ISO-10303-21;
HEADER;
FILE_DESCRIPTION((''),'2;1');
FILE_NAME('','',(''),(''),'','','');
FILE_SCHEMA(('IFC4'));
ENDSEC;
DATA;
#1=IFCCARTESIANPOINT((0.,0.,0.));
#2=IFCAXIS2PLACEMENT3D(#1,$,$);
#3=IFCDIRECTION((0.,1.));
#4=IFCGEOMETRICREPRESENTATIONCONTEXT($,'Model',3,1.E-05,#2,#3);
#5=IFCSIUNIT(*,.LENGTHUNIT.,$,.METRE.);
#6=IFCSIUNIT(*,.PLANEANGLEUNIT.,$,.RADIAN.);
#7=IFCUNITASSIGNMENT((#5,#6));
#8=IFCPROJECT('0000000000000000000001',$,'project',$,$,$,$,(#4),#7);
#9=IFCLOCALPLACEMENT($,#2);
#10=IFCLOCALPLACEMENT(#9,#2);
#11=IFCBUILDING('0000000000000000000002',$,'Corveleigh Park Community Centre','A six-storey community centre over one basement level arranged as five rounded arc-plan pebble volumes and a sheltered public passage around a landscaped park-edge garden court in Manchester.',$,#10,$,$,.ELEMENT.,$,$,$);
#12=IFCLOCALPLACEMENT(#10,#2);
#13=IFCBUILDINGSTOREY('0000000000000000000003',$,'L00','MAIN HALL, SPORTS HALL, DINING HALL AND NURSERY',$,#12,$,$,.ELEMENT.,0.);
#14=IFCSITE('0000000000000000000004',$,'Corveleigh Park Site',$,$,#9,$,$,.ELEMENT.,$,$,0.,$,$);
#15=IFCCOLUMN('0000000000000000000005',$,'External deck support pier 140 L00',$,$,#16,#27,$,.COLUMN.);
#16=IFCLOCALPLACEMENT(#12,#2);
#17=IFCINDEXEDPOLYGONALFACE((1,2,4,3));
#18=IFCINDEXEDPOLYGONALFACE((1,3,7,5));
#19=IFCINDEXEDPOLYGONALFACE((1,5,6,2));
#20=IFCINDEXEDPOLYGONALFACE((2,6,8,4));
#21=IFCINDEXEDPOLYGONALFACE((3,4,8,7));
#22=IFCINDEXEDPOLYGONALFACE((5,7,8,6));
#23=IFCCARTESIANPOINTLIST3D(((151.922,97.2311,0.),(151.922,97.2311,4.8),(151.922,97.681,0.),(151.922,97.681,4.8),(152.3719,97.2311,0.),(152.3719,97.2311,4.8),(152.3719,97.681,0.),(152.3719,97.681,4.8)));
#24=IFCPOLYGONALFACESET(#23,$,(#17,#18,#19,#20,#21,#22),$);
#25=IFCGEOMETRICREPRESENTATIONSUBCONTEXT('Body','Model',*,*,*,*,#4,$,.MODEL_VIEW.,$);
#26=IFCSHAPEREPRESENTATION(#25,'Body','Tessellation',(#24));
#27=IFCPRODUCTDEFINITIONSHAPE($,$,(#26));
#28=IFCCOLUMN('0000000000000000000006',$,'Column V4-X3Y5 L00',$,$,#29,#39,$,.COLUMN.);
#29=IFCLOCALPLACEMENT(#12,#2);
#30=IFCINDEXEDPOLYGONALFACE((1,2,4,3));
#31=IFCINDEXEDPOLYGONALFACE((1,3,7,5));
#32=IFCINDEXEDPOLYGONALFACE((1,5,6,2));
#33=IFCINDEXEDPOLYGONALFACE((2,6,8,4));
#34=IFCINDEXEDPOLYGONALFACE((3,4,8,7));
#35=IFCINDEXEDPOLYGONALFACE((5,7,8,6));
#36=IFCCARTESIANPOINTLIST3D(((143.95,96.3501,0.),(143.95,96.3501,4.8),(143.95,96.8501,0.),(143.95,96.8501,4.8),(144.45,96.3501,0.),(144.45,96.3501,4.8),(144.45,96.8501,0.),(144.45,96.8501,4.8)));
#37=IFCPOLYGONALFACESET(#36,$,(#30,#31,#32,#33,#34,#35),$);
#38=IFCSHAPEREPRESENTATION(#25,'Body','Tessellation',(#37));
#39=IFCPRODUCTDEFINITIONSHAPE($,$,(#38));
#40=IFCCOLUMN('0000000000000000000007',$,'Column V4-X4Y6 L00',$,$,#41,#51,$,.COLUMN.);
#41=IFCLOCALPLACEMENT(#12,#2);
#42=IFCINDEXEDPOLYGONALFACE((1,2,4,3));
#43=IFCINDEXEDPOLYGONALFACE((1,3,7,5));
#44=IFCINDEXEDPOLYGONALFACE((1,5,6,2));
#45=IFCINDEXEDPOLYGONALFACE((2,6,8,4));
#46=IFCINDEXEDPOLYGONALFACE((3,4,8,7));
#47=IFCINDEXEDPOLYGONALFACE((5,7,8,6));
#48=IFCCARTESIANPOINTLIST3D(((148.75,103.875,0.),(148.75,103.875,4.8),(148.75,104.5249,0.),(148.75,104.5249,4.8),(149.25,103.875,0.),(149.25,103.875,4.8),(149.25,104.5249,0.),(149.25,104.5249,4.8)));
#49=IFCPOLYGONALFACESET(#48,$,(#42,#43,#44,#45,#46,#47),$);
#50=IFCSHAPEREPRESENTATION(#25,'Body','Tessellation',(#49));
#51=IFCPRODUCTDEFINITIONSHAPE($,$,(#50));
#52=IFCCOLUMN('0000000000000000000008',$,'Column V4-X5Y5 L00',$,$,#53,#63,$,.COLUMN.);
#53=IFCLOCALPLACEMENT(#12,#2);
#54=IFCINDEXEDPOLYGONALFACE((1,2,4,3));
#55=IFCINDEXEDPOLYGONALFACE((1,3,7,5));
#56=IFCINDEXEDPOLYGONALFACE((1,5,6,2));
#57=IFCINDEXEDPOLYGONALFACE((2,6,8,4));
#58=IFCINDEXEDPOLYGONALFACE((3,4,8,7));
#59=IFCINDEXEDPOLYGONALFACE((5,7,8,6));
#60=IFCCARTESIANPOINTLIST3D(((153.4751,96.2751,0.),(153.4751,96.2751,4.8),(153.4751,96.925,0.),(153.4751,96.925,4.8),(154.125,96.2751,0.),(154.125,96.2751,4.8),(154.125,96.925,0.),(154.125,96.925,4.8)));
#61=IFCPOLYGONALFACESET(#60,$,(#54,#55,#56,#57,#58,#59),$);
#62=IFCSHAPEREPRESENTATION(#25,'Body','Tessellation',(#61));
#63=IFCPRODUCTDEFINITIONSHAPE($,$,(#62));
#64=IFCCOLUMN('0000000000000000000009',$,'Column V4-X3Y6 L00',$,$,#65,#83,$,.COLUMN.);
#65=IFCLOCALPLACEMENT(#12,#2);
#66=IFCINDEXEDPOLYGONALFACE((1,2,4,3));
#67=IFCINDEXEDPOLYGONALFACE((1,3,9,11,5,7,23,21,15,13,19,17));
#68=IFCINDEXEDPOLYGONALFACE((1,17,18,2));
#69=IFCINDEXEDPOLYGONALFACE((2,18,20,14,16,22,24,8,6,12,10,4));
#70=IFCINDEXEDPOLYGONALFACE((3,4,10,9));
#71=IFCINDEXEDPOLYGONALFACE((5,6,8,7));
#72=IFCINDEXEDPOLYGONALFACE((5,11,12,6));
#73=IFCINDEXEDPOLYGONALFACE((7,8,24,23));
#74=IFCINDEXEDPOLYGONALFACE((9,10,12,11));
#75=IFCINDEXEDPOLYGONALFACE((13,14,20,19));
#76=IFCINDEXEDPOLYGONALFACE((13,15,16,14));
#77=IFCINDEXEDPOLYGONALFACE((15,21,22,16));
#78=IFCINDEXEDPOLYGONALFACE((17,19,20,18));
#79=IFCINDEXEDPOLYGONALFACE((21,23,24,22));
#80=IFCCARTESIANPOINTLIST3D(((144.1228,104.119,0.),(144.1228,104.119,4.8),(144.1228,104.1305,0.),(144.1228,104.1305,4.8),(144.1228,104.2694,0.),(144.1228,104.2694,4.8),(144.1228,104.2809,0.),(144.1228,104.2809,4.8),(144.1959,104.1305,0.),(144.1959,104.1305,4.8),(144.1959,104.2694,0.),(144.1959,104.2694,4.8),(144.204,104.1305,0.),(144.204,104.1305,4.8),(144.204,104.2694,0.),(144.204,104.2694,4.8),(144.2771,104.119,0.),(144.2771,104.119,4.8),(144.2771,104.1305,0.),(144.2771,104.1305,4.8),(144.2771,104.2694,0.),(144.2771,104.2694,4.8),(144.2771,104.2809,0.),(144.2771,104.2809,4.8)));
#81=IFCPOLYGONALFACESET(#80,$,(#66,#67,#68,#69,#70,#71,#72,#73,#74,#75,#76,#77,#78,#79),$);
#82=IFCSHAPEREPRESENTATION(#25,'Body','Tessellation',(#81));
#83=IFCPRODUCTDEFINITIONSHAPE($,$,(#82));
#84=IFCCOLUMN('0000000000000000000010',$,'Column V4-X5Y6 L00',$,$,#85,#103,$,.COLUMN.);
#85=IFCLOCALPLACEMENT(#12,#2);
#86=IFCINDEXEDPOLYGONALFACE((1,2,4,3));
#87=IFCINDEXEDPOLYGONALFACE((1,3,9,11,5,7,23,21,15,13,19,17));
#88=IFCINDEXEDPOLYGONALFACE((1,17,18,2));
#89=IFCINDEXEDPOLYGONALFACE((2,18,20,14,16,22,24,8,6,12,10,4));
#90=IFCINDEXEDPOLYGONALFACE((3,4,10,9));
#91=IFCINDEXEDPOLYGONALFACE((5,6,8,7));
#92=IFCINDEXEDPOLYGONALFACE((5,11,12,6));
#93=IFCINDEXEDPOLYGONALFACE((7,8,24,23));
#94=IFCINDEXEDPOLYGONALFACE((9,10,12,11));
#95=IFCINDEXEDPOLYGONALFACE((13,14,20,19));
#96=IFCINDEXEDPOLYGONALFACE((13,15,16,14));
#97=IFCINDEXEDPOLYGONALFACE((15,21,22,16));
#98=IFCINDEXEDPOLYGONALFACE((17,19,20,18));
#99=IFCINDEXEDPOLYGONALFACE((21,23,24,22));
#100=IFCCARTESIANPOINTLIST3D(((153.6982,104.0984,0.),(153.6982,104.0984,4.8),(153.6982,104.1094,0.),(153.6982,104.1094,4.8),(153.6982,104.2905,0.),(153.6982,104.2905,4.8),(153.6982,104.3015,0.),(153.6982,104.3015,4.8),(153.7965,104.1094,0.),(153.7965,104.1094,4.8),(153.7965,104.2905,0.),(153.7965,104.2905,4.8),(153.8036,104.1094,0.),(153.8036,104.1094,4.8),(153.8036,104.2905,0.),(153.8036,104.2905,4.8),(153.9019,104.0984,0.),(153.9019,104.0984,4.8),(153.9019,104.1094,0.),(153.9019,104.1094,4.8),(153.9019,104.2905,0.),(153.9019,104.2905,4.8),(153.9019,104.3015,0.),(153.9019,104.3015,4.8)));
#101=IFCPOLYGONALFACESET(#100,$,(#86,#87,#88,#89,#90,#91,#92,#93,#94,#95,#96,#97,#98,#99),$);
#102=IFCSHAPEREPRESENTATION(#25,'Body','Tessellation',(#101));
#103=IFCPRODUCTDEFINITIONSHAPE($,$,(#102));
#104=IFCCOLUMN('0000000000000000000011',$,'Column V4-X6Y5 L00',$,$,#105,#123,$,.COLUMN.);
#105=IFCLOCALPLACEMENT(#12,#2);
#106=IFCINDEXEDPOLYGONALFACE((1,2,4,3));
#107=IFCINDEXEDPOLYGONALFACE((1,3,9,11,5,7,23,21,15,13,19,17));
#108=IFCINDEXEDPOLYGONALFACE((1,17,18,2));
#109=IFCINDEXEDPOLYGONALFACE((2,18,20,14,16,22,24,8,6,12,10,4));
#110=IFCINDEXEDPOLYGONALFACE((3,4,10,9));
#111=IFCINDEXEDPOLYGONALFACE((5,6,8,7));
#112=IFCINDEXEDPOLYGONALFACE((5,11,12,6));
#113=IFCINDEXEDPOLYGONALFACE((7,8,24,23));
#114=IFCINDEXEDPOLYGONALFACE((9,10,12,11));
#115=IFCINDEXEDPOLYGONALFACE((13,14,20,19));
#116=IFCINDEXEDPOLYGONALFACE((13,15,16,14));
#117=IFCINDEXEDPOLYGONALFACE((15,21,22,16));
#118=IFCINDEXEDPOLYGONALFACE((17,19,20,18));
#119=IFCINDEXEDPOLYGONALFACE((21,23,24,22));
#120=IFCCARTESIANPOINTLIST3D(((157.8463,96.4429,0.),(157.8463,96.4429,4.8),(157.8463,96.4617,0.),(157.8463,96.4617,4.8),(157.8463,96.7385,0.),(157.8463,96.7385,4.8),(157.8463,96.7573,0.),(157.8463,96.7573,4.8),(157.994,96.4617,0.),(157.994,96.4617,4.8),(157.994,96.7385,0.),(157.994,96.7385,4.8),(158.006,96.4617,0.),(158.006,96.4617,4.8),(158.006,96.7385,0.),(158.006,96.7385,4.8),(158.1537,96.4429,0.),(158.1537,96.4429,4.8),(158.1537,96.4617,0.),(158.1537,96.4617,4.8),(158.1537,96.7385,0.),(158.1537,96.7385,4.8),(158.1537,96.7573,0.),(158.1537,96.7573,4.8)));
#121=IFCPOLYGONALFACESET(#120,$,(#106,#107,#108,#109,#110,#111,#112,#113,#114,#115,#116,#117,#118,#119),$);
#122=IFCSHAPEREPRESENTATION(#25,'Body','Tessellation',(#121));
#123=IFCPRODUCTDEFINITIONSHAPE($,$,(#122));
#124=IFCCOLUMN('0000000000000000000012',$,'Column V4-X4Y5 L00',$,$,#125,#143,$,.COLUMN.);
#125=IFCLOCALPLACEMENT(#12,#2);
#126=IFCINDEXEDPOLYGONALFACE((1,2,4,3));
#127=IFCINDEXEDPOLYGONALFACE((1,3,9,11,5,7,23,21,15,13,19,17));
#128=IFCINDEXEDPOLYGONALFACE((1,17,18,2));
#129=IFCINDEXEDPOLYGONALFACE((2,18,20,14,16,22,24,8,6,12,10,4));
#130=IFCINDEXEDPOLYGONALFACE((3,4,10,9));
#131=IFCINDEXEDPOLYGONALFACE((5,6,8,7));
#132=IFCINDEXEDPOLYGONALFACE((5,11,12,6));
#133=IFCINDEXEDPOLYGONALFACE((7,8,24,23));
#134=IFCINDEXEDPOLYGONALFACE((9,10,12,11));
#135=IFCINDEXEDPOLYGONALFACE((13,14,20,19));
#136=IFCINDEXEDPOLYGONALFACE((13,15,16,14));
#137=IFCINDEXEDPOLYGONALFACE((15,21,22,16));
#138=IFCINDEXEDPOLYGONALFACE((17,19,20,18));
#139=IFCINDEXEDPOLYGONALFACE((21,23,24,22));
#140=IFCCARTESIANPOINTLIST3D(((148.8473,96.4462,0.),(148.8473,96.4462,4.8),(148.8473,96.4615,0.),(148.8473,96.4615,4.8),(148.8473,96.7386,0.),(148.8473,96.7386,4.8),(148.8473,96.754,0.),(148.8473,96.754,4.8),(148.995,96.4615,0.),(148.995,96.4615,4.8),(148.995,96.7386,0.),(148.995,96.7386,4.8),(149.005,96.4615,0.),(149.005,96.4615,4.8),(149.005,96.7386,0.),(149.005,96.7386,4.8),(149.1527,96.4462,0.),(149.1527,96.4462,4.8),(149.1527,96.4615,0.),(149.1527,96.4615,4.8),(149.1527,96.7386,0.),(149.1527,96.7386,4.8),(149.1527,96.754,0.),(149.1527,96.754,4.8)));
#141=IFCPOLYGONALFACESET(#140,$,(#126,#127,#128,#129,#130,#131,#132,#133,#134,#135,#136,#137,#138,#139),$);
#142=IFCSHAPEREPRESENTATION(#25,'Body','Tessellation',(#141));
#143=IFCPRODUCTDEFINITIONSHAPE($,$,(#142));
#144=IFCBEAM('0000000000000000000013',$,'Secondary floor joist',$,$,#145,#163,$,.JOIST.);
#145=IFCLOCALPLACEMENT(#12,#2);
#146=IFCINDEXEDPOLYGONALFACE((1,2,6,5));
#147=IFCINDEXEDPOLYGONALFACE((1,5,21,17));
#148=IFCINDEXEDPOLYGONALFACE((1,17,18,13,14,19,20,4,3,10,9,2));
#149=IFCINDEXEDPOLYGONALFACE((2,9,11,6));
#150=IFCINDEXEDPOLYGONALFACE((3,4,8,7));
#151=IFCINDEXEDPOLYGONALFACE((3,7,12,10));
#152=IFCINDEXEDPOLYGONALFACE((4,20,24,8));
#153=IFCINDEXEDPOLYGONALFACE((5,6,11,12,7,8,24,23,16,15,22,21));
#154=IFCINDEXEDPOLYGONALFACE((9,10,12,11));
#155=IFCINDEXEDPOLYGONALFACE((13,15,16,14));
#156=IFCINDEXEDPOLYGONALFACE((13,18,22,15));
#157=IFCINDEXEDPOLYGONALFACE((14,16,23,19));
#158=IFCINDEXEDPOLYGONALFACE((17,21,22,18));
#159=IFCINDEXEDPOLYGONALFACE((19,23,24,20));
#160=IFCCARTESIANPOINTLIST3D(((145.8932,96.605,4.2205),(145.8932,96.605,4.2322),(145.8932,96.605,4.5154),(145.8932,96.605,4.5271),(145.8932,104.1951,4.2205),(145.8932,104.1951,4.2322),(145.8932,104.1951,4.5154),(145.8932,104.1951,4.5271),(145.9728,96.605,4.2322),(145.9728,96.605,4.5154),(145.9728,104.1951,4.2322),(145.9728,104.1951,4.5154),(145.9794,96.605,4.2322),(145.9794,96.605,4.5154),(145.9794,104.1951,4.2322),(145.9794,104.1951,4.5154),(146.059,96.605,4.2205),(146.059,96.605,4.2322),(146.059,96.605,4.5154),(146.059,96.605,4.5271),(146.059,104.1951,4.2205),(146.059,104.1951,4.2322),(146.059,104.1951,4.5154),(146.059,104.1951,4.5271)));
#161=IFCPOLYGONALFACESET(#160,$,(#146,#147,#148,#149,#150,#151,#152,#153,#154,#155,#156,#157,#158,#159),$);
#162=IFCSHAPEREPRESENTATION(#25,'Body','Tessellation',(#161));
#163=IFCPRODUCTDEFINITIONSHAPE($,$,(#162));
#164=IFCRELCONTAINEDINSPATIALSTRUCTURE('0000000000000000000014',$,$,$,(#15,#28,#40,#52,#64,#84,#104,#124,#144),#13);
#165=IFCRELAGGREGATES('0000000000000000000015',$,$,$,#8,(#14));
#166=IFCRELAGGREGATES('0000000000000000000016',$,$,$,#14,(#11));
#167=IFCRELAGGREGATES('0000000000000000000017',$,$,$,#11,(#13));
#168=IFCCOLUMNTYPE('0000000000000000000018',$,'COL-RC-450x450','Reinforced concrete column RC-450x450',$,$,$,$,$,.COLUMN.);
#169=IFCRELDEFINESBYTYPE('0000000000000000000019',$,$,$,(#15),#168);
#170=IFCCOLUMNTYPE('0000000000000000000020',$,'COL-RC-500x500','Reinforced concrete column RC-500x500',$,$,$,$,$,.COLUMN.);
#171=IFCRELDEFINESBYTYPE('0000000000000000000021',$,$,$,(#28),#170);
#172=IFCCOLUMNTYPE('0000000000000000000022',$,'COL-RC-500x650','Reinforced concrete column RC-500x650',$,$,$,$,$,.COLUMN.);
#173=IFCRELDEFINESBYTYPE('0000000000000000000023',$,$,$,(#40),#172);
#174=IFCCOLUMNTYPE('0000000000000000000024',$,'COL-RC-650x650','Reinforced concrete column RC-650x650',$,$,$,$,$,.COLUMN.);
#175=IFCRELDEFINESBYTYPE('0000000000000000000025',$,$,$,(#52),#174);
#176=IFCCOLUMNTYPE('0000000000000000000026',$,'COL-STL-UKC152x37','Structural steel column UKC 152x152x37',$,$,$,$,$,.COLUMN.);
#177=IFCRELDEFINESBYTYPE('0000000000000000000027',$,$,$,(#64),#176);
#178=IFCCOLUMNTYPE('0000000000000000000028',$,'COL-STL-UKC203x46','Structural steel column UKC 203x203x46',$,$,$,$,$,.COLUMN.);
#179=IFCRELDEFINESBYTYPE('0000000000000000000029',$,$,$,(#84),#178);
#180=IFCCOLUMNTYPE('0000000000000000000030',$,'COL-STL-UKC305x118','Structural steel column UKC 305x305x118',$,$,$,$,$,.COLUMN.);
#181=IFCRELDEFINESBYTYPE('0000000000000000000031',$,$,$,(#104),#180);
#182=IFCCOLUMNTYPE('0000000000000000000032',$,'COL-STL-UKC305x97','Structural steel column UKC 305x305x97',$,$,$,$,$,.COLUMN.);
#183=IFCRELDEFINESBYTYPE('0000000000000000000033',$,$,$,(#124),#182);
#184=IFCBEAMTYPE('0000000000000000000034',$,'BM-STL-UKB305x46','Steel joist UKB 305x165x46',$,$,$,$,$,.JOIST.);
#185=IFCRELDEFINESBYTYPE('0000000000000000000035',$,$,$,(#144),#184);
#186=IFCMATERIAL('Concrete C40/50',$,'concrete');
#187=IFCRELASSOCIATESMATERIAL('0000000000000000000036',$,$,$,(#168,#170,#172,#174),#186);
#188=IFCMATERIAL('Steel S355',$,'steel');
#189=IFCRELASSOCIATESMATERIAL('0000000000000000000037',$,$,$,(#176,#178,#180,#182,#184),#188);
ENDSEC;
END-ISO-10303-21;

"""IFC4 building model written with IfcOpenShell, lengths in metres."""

from ifc_helpers import new_model, si_unit, direction, frame, origin, origin_2d, place, context, subcontext, project, spatial, rectangle, i_section, extrude, material, material_profile, profile_set, type_object, element, save


model = new_model("IFC4")

# Units and contexts
model_context = context("Model", 3, precision=1e-05, world=origin(), true_north=direction((0.0, 1.0)))
body_context = subcontext(model_context, "Body", "Model", "MODEL_VIEW")
ifc_project = project(units=[si_unit("LENGTHUNIT", "METRE"), si_unit("PLANEANGLEUNIT", "RADIAN")], contexts=[model_context])

# Site, building, storey
site_placement = place(None, origin())
site = spatial("IfcSite", under=ifc_project, at=site_placement, Name="Corveleigh Park Site", CompositionType="ELEMENT", RefElevation=0.0)
building_placement = place(site_placement, origin())
building = spatial("IfcBuilding", under=site, at=building_placement, Name="Corveleigh Park Community Centre", Description="A six-storey community centre over one basement level arranged as five rounded arc-plan pebble volumes and a sheltered public passage around a landscaped park-edge garden court in Manchester.", CompositionType="ELEMENT")
storey_placement = place(building_placement, origin())
storey = spatial("IfcBuildingStorey", under=building, at=storey_placement, Name="L00", Description="MAIN HALL, SPORTS HALL, DINING HALL AND NURSERY", CompositionType="ELEMENT", Elevation=0.0)

# Columns
ifc_material_1 = material(Name="Concrete C40/50", Category="concrete")
ifc_material_profile_1 = material_profile(ifc_material_1, rectangle(XDim=0.45, YDim=0.45, at=origin_2d()), Name="RC-450x450", Category="concrete")
ifc_profile_set_1 = profile_set([ifc_material_profile_1], Name="Concrete C40/50")
column_type_1 = type_object("IfcColumnType", Name="COL-RC-450x450", Description="Reinforced concrete column RC-450x450", PredefinedType="COLUMN", material=ifc_profile_set_1)
column_1_placement = place(storey_placement, frame((152.147, 97.4561, 0.0), z_axis=(0.0, 0.0, 1.0), x_axis=(1.0, 0.0, 0.0)))
element("IfcColumn", 1, at=column_1_placement, inside=storey, type_object=column_type_1, Name="External deck support pier 140 L00", PredefinedType="COLUMN", context=body_context, shape_type="SweptSolid", body=[
    extrude(rectangle(XDim=0.45, YDim=0.45, at=origin_2d()), origin(), (0.0, 0.0, 1.0), 4.8),
])
ifc_material_profile_2 = material_profile(ifc_material_1, rectangle(XDim=0.5, YDim=0.5, at=origin_2d()), Name="RC-500x500", Category="concrete")
ifc_profile_set_2 = profile_set([ifc_material_profile_2], Name="Concrete C40/50")
column_type_2 = type_object("IfcColumnType", Name="COL-RC-500x500", Description="Reinforced concrete column RC-500x500", PredefinedType="COLUMN", material=ifc_profile_set_2)
column_2_placement = place(storey_placement, frame((144.2, 96.6001, 0.0), z_axis=(0.0, 0.0, 1.0), x_axis=(1.0, 0.0, 0.0)))
element("IfcColumn", 2, at=column_2_placement, inside=storey, type_object=column_type_2, Name="Column V4-X3Y5 L00", PredefinedType="COLUMN", context=body_context, shape_type="SweptSolid", body=[
    extrude(rectangle(XDim=0.5, YDim=0.5, at=origin_2d()), origin(), (0.0, 0.0, 1.0), 4.8),
])
ifc_material_profile_3 = material_profile(ifc_material_1, rectangle(XDim=0.5, YDim=0.6499, at=origin_2d()), Name="RC-500x650", Category="concrete")
ifc_profile_set_3 = profile_set([ifc_material_profile_3], Name="Concrete C40/50")
column_type_3 = type_object("IfcColumnType", Name="COL-RC-500x650", Description="Reinforced concrete column RC-500x650", PredefinedType="COLUMN", material=ifc_profile_set_3)
column_3_placement = place(storey_placement, frame((149.0, 104.2, 0.0), z_axis=(0.0, 0.0, 1.0), x_axis=(1.0, 0.0, 0.0)))
element("IfcColumn", 3, at=column_3_placement, inside=storey, type_object=column_type_3, Name="Column V4-X4Y6 L00", PredefinedType="COLUMN", context=body_context, shape_type="SweptSolid", body=[
    extrude(rectangle(XDim=0.5, YDim=0.6499, at=origin_2d()), origin(), (0.0, 0.0, 1.0), 4.8),
])
ifc_material_profile_4 = material_profile(ifc_material_1, rectangle(XDim=0.6499, YDim=0.6499, at=origin_2d()), Name="RC-650x650", Category="concrete")
ifc_profile_set_4 = profile_set([ifc_material_profile_4], Name="Concrete C40/50")
column_type_4 = type_object("IfcColumnType", Name="COL-RC-650x650", Description="Reinforced concrete column RC-650x650", PredefinedType="COLUMN", material=ifc_profile_set_4)
column_4_placement = place(storey_placement, frame((153.8, 96.6001, 0.0), z_axis=(0.0, 0.0, 1.0), x_axis=(1.0, 0.0, 0.0)))
element("IfcColumn", 4, at=column_4_placement, inside=storey, type_object=column_type_4, Name="Column V4-X5Y5 L00", PredefinedType="COLUMN", context=body_context, shape_type="SweptSolid", body=[
    extrude(rectangle(XDim=0.6499, YDim=0.6499, at=origin_2d()), origin(), (0.0, 0.0, 1.0), 4.8),
])
ifc_material_2 = material(Name="Steel S355", Category="steel")
ifc_material_profile_5 = material_profile(ifc_material_2, i_section(OverallWidth=0.1543, OverallDepth=0.1619, WebThickness=0.0081, FlangeThickness=0.0115, at=origin_2d()), Name="UKC 152x152x37", Category="steel")
ifc_profile_set_5 = profile_set([ifc_material_profile_5], Name="Steel S355")
column_type_5 = type_object("IfcColumnType", Name="COL-STL-UKC152x37", Description="Structural steel column UKC 152x152x37", PredefinedType="COLUMN", material=ifc_profile_set_5)
column_5_placement = place(storey_placement, frame((144.2, 104.2, 0.0), z_axis=(0.0, 0.0, 1.0), x_axis=(1.0, 0.0, 0.0)))
element("IfcColumn", 5, at=column_5_placement, inside=storey, type_object=column_type_5, Name="Column V4-X3Y6 L00", PredefinedType="COLUMN", context=body_context, shape_type="SweptSolid", body=[
    extrude(i_section(OverallWidth=0.1543, OverallDepth=0.1619, WebThickness=0.0081, FlangeThickness=0.0115, at=origin_2d()), origin(), (0.0, 0.0, 1.0), 4.8),
])
ifc_material_profile_6 = material_profile(ifc_material_2, i_section(OverallWidth=0.2036, OverallDepth=0.2031, WebThickness=0.0071, FlangeThickness=0.011, at=origin_2d()), Name="UKC 203x203x46", Category="steel")
ifc_profile_set_6 = profile_set([ifc_material_profile_6], Name="Steel S355")
column_type_6 = type_object("IfcColumnType", Name="COL-STL-UKC203x46", Description="Structural steel column UKC 203x203x46", PredefinedType="COLUMN", material=ifc_profile_set_6)
column_6_placement = place(storey_placement, frame((153.8, 104.2, 0.0), z_axis=(0.0, 0.0, 1.0), x_axis=(1.0, 0.0, 0.0)))
element("IfcColumn", 6, at=column_6_placement, inside=storey, type_object=column_type_6, Name="Column V4-X5Y6 L00", PredefinedType="COLUMN", context=body_context, shape_type="SweptSolid", body=[
    extrude(i_section(OverallWidth=0.2036, OverallDepth=0.2031, WebThickness=0.0071, FlangeThickness=0.011, at=origin_2d()), origin(), (0.0, 0.0, 1.0), 4.8),
])
ifc_material_profile_7 = material_profile(ifc_material_2, i_section(OverallWidth=0.3074, OverallDepth=0.3145, WebThickness=0.012, FlangeThickness=0.0188, at=origin_2d()), Name="UKC 305x305x118", Category="steel")
ifc_profile_set_7 = profile_set([ifc_material_profile_7], Name="Steel S355")
column_type_7 = type_object("IfcColumnType", Name="COL-STL-UKC305x118", Description="Structural steel column UKC 305x305x118", PredefinedType="COLUMN", material=ifc_profile_set_7)
column_7_placement = place(storey_placement, frame((158.0, 96.6001, 0.0), z_axis=(0.0, 0.0, 1.0), x_axis=(1.0, 0.0, 0.0)))
element("IfcColumn", 7, at=column_7_placement, inside=storey, type_object=column_type_7, Name="Column V4-X6Y5 L00", PredefinedType="COLUMN", context=body_context, shape_type="SweptSolid", body=[
    extrude(i_section(OverallWidth=0.3074, OverallDepth=0.3145, WebThickness=0.012, FlangeThickness=0.0188, at=origin_2d()), origin(), (0.0, 0.0, 1.0), 4.8),
])
ifc_material_profile_8 = material_profile(ifc_material_2, i_section(OverallWidth=0.3054, OverallDepth=0.3079, WebThickness=0.01, FlangeThickness=0.0154, at=origin_2d()), Name="UKC 305x305x97", Category="steel")
ifc_profile_set_8 = profile_set([ifc_material_profile_8], Name="Steel S355")
column_type_8 = type_object("IfcColumnType", Name="COL-STL-UKC305x97", Description="Structural steel column UKC 305x305x97", PredefinedType="COLUMN", material=ifc_profile_set_8)
column_8_placement = place(storey_placement, frame((149.0, 96.6001, 0.0), z_axis=(0.0, 0.0, 1.0), x_axis=(1.0, 0.0, 0.0)))
element("IfcColumn", 8, at=column_8_placement, inside=storey, type_object=column_type_8, Name="Column V4-X4Y5 L00", PredefinedType="COLUMN", context=body_context, shape_type="SweptSolid", body=[
    extrude(i_section(OverallWidth=0.3054, OverallDepth=0.3079, WebThickness=0.01, FlangeThickness=0.0154, at=origin_2d()), origin(), (0.0, 0.0, 1.0), 4.8),
])

# Beam
ifc_material_profile_9 = material_profile(ifc_material_2, i_section(OverallWidth=0.1658, OverallDepth=0.3066, WebThickness=0.0066, FlangeThickness=0.0117, at=origin_2d()), Name="UKB 305x165x46", Category="steel")
ifc_profile_set_9 = profile_set([ifc_material_profile_9], Name="Steel S355")
beam_type_1 = type_object("IfcBeamType", Name="BM-STL-UKB305x46", Description="Steel joist UKB 305x165x46", PredefinedType="JOIST", material=ifc_profile_set_9)
for number, where, z_axis, x_axis, name in (
    (9, (145.9761, 96.605, 4.3738), (0.0, 1.0, 0.0), (-1.0, 0.0, 0.0), "Secondary floor joist"),
):
    element("IfcBeam", number, at=place(storey_placement, frame(where, z_axis=z_axis, x_axis=x_axis)), inside=storey, type_object=beam_type_1, Name=name, PredefinedType="JOIST", context=body_context, shape_type="SweptSolid", body=[
        extrude(i_section(OverallWidth=0.1658, OverallDepth=0.3066, WebThickness=0.0066, FlangeThickness=0.0117, at=origin_2d()), origin(), (0.0, 0.0, 1.0), 7.5901),
    ])

save(model, "model.ifc")
